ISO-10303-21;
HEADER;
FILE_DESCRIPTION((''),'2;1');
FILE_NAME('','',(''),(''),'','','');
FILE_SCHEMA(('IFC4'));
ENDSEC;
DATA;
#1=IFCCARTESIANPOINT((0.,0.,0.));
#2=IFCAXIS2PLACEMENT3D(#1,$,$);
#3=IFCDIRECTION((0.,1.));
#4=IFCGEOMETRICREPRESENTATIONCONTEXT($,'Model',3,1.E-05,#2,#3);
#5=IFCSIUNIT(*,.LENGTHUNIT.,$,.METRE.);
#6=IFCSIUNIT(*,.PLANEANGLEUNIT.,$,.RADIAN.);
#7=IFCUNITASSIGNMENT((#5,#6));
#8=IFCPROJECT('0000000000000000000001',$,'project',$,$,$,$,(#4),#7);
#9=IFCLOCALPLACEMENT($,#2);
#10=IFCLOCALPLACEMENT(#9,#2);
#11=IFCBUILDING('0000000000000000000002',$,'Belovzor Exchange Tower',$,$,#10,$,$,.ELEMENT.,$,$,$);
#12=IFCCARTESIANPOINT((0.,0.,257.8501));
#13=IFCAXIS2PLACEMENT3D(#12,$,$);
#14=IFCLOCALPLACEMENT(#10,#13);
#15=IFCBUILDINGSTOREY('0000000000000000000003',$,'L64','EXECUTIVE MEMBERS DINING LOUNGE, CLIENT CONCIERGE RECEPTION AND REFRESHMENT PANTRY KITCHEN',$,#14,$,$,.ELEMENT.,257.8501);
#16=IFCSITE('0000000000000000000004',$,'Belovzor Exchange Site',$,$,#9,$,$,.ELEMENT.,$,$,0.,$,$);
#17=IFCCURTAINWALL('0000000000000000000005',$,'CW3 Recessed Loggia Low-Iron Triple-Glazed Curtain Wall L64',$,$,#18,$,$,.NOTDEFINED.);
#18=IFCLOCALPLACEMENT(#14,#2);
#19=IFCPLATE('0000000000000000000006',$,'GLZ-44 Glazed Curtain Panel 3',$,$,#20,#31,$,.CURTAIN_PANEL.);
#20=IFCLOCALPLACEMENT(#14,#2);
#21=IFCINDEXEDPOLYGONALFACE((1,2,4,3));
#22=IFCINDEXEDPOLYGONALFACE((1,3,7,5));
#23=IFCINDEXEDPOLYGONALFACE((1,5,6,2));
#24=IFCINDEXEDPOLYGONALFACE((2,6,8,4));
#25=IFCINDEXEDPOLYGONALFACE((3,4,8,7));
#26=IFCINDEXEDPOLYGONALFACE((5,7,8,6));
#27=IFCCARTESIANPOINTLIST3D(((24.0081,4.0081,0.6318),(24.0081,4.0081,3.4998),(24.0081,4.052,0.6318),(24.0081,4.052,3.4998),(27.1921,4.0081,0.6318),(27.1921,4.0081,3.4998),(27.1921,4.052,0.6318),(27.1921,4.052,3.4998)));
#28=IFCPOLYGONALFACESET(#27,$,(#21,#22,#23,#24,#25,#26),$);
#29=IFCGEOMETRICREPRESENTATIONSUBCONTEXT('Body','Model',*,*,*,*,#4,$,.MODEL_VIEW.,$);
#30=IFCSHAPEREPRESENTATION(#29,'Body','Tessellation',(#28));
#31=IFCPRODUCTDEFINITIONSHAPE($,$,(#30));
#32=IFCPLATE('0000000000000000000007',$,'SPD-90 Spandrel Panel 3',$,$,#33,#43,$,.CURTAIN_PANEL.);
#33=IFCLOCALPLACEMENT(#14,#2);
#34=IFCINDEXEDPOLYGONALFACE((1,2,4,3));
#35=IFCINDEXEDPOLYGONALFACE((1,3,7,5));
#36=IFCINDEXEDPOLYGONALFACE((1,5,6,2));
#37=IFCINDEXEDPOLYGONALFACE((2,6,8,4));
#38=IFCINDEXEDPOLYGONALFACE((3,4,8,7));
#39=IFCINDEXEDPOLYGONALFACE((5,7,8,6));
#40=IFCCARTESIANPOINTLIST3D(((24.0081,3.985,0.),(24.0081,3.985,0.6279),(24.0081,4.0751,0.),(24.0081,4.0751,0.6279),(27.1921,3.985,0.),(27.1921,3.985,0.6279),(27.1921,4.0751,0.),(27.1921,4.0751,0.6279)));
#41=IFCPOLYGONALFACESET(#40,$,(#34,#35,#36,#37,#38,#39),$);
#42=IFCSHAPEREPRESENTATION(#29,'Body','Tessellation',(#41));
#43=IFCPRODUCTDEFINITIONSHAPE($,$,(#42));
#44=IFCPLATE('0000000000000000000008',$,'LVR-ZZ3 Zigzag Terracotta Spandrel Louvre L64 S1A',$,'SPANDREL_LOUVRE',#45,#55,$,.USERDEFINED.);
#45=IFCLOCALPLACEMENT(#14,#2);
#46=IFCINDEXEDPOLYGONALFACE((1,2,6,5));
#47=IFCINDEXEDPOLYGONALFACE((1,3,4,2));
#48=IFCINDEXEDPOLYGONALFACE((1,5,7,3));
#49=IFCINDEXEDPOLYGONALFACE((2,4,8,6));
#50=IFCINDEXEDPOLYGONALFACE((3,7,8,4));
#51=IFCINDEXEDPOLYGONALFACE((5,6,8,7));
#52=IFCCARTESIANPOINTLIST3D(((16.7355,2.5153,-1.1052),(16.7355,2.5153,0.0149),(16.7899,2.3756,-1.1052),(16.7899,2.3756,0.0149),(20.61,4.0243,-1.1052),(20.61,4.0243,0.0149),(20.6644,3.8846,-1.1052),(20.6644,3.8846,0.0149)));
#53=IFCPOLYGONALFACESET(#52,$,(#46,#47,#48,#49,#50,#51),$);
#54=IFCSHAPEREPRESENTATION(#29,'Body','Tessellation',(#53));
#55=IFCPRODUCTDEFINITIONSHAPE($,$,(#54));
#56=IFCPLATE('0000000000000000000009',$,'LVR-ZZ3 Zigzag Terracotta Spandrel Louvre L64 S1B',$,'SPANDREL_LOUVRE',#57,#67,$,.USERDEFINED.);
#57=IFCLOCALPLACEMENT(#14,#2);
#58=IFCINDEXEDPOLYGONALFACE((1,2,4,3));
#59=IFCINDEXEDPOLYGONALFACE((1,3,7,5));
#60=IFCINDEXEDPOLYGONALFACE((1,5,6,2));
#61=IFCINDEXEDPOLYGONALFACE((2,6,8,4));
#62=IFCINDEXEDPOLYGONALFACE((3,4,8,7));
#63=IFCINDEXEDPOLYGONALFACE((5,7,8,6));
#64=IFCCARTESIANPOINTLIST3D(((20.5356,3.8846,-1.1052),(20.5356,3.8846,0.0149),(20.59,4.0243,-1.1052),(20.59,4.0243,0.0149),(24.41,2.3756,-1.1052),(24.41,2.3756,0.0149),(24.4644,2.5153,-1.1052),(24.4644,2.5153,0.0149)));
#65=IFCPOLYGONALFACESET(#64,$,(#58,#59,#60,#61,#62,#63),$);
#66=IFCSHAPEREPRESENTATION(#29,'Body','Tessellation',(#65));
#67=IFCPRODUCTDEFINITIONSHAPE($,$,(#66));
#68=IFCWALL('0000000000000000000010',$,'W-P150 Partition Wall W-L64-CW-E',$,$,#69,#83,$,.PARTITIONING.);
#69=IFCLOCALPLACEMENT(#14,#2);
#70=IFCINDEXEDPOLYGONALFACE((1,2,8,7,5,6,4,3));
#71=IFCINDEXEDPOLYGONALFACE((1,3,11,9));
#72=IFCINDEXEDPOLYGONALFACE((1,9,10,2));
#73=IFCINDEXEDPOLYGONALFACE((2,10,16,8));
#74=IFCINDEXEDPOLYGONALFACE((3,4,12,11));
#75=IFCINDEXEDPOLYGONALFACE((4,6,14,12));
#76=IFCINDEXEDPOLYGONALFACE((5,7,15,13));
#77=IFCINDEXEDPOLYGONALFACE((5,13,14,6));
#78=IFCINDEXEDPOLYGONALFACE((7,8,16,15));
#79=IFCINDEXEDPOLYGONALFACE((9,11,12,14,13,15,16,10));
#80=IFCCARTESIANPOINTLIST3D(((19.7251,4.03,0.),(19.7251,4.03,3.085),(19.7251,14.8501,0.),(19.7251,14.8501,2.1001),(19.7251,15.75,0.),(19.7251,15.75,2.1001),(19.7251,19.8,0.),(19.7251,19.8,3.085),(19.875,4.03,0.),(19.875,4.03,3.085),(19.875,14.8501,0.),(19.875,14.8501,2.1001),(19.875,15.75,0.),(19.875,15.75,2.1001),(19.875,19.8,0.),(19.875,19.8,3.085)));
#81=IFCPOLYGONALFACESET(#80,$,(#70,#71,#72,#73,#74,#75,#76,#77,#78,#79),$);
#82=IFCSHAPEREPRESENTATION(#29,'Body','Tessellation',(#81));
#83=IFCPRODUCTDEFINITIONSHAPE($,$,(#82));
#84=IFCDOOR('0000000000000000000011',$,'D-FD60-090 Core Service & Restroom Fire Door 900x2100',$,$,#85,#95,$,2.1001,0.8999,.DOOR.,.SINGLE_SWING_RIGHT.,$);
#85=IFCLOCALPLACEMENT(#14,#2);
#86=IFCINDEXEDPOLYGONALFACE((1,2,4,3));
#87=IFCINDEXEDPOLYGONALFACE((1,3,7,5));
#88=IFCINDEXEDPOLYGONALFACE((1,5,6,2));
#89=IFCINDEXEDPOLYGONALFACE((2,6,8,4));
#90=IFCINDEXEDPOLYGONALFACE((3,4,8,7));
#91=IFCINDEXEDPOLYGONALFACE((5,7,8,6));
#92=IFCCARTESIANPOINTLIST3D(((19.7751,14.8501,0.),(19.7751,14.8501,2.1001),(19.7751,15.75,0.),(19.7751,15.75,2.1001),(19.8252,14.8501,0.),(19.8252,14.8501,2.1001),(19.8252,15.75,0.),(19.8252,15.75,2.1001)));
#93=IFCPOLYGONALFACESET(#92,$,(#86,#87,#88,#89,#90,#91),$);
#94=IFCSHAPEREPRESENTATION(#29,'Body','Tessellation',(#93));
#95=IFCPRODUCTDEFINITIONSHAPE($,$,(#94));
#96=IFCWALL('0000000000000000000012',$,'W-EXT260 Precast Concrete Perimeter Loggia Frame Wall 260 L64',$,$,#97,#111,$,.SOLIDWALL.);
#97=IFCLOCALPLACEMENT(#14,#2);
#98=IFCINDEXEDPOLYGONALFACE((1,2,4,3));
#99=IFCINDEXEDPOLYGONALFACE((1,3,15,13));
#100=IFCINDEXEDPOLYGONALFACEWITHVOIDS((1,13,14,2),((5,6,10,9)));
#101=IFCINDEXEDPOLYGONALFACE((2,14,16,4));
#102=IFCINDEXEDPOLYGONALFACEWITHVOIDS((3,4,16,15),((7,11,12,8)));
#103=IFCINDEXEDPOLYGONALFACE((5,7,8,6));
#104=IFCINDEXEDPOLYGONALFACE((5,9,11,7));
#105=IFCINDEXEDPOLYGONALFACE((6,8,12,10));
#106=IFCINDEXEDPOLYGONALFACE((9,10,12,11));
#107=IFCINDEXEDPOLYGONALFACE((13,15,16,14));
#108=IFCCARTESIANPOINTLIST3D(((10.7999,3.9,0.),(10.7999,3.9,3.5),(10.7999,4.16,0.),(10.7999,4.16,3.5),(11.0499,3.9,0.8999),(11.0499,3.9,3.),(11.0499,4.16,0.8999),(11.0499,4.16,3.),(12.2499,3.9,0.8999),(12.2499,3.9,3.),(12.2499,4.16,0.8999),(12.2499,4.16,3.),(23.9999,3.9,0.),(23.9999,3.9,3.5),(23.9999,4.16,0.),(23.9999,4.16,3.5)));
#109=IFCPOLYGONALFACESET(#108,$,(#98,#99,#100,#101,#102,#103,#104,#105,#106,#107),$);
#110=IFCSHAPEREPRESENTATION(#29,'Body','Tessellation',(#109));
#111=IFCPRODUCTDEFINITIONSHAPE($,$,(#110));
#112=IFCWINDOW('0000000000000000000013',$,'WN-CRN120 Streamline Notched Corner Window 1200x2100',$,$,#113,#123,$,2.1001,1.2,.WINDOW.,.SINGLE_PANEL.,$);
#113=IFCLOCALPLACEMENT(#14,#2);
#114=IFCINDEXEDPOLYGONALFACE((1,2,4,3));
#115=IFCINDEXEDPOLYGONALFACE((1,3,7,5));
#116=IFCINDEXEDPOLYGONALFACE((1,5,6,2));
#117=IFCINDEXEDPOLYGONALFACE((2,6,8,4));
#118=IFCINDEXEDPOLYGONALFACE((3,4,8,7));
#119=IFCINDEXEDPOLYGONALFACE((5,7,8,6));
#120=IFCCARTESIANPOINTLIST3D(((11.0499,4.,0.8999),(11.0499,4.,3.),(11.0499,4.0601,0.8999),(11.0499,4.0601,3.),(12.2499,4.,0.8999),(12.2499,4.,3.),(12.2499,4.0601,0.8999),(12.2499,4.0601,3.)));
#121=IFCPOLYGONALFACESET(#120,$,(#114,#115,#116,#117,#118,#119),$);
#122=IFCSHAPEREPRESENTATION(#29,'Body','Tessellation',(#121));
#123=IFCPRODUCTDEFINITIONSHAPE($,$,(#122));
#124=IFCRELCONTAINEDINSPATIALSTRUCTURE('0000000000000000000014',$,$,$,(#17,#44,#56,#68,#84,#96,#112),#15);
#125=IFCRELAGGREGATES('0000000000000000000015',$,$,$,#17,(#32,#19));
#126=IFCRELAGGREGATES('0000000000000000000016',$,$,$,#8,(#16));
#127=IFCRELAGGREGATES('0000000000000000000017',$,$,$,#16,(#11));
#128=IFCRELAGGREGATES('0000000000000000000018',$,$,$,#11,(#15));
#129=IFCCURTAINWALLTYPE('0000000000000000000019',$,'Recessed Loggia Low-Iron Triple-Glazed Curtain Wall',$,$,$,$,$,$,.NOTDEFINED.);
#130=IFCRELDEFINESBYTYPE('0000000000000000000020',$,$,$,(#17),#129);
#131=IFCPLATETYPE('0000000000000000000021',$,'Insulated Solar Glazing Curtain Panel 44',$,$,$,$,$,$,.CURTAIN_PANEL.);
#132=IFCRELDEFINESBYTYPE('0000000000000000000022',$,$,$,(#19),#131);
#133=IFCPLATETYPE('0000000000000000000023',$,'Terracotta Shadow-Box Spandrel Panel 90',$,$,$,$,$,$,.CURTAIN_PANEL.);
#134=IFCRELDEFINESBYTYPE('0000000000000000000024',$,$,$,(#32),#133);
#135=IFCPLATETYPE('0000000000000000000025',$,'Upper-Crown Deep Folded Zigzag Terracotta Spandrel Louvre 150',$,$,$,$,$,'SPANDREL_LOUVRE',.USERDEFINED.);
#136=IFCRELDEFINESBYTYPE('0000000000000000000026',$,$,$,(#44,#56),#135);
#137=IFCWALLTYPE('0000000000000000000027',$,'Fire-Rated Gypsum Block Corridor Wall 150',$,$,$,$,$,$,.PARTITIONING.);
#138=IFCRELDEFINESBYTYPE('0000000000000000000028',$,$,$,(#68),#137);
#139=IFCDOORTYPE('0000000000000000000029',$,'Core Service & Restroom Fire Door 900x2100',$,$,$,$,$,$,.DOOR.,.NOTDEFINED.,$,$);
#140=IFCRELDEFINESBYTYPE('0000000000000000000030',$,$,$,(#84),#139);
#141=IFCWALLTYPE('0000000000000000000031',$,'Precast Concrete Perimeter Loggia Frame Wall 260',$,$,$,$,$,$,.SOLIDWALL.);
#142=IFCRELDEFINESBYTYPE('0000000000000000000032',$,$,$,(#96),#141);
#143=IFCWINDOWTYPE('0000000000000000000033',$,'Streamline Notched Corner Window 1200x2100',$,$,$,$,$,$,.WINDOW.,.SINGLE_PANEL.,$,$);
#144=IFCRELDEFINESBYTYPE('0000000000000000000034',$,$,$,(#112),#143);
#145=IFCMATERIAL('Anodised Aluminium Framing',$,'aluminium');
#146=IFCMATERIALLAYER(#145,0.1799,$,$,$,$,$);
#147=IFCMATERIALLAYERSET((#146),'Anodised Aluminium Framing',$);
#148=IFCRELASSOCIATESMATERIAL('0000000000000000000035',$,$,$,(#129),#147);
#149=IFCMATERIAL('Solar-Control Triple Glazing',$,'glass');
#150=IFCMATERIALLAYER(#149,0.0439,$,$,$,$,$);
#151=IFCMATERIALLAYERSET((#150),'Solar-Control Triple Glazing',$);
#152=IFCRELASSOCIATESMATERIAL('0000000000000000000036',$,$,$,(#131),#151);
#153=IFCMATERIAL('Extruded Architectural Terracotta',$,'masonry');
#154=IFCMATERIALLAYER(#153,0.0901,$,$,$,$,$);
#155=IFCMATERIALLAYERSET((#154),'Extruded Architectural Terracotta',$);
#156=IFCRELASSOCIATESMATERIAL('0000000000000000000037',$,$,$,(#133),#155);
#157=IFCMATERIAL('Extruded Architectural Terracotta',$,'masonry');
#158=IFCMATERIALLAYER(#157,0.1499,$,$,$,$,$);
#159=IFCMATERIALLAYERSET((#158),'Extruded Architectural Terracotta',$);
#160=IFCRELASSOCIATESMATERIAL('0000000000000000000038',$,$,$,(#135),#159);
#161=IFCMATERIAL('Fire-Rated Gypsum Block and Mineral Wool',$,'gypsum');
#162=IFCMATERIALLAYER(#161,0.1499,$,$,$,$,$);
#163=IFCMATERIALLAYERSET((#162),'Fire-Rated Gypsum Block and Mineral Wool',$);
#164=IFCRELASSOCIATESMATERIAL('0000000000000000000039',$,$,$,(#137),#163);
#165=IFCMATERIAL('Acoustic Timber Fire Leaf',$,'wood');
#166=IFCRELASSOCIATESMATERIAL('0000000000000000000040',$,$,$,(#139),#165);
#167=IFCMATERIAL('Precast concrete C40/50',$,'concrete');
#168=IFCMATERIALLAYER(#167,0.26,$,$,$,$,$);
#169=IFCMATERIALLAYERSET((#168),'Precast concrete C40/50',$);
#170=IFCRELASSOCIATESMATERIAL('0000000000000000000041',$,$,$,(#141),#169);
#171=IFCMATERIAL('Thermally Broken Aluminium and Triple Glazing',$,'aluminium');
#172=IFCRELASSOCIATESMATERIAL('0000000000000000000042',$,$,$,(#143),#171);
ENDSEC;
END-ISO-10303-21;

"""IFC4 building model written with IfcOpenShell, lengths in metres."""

from ifc_helpers import new_model, si_unit, direction, frame, frame_2d, origin, origin_2d, place, context, subcontext, project, spatial, rectangle, extrude, material, layer, layer_set, type_object, element, fill, aggregate, save


model = new_model("IFC4")

# Units and contexts
model_context = context("Model", 3, precision=1e-05, world=origin(), true_north=direction((0.0, 1.0)))
body_context = subcontext(model_context, "Body", "Model", "MODEL_VIEW")
ifc_project = project(units=[si_unit("LENGTHUNIT", "METRE"), si_unit("PLANEANGLEUNIT", "RADIAN")], contexts=[model_context])

# Site, building, storey
site_placement = place(None, origin())
site = spatial("IfcSite", under=ifc_project, at=site_placement, Name="Belovzor Exchange Site", CompositionType="ELEMENT", RefElevation=0.0)
building_placement = place(site_placement, origin())
building = spatial("IfcBuilding", under=site, at=building_placement, Name="Belovzor Exchange Tower", CompositionType="ELEMENT")
storey_placement = place(building_placement, frame((0.0, 0.0, 257.8501)))
storey = spatial("IfcBuildingStorey", under=building, at=storey_placement, Name="L64", Description="EXECUTIVE MEMBERS DINING LOUNGE, CLIENT CONCIERGE RECEPTION AND REFRESHMENT PANTRY KITCHEN", CompositionType="ELEMENT", Elevation=257.8501)

# Curtain wall
ifc_material_1 = material(Name="Anodised Aluminium Framing", Category="aluminium")
ifc_layer_1 = layer(ifc_material_1, 0.1799)
ifc_layer_set_1 = layer_set([ifc_layer_1], Name="Anodised Aluminium Framing")
curtain_wall_type = type_object("IfcCurtainWallType", Name="Recessed Loggia Low-Iron Triple-Glazed Curtain Wall", PredefinedType="NOTDEFINED", material=ifc_layer_set_1)
curtain_wall_placement = place(storey_placement, origin())
curtain_wall = element("IfcCurtainWall", 1, at=curtain_wall_placement, inside=storey, type_object=curtain_wall_type, Name="CW3 Recessed Loggia Low-Iron Triple-Glazed Curtain Wall L64", PredefinedType="NOTDEFINED")

# Plates
ifc_material_2 = material(Name="Solar-Control Triple Glazing", Category="glass")
ifc_layer_2 = layer(ifc_material_2, 0.0439)
ifc_layer_set_2 = layer_set([ifc_layer_2], Name="Solar-Control Triple Glazing")
plate_type_1 = type_object("IfcPlateType", Name="Insulated Solar Glazing Curtain Panel 44", PredefinedType="CURTAIN_PANEL", material=ifc_layer_set_2)
plate_1_placement = place(storey_placement, frame((25.6001, 4.03, 0.6318), z_axis=(0.0, 0.0, 1.0), x_axis=(-1.0, 0.0, 0.0)))
plate_1 = element("IfcPlate", 2, at=plate_1_placement, type_object=plate_type_1, Name="GLZ-44 Glazed Curtain Panel 3", PredefinedType="CURTAIN_PANEL", context=body_context, shape_type="SweptSolid", body=[
    extrude(rectangle(XDim=3.1841, YDim=0.0439, at=origin_2d()), origin(), (0.0, 0.0, 1.0), 2.8679),
])
ifc_material_3 = material(Name="Extruded Architectural Terracotta", Category="masonry")
ifc_layer_3 = layer(ifc_material_3, 0.0901)
ifc_layer_set_3 = layer_set([ifc_layer_3], Name="Extruded Architectural Terracotta")
plate_type_2 = type_object("IfcPlateType", Name="Terracotta Shadow-Box Spandrel Panel 90", PredefinedType="CURTAIN_PANEL", material=ifc_layer_set_3)
plate_2_placement = place(storey_placement, frame((25.6001, 4.03, 0.0), z_axis=(0.0, 0.0, 1.0), x_axis=(-1.0, 0.0, 0.0)))
plate_2 = element("IfcPlate", 3, at=plate_2_placement, type_object=plate_type_2, Name="SPD-90 Spandrel Panel 3", PredefinedType="CURTAIN_PANEL", context=body_context, shape_type="SweptSolid", body=[
    extrude(rectangle(XDim=3.1841, YDim=0.0901, at=origin_2d()), origin(), (0.0, 0.0, 1.0), 0.6279),
])
aggregate(curtain_wall, [plate_2, plate_1])

# Plates
ifc_material_4 = material(Name="Extruded Architectural Terracotta", Category="masonry")
ifc_layer_4 = layer(ifc_material_4, 0.1499)
ifc_layer_set_4 = layer_set([ifc_layer_4], Name="Extruded Architectural Terracotta")
plate_type_3 = type_object("IfcPlateType", Name="Upper-Crown Deep Folded Zigzag Terracotta Spandrel Louvre 150", ElementType="SPANDREL_LOUVRE", PredefinedType="USERDEFINED", material=ifc_layer_set_4)
for number, where, z_axis, x_axis, name in (
    (4, (18.7, 3.2, -1.1052), (0.0, 0.0, 1.0), (0.931818, 0.362926, 0.0), "LVR-ZZ3 Zigzag Terracotta Spandrel Louvre L64 S1A"),
    (5, (22.5, 3.2, -1.1052), (0.0, 0.0, 1.0), (0.931818, -0.362926, 0.0), "LVR-ZZ3 Zigzag Terracotta Spandrel Louvre L64 S1B"),
):
    element("IfcPlate", number, at=place(storey_placement, frame(where, z_axis=z_axis, x_axis=x_axis)), inside=storey, type_object=plate_type_3, Name=name, ObjectType="SPANDREL_LOUVRE", PredefinedType="USERDEFINED", context=body_context, shape_type="SweptSolid", body=[
        extrude(rectangle(XDim=4.158, YDim=0.1499, at=origin_2d()), origin(), (0.0, 0.0, 1.0), 1.1201),
    ])

# Wall, opening, door
ifc_material_5 = material(Name="Fire-Rated Gypsum Block and Mineral Wool", Category="gypsum")
ifc_layer_5 = layer(ifc_material_5, 0.1499)
ifc_layer_set_5 = layer_set([ifc_layer_5], Name="Fire-Rated Gypsum Block and Mineral Wool")
wall_type_1 = type_object("IfcWallType", Name="Fire-Rated Gypsum Block Corridor Wall 150", PredefinedType="PARTITIONING", material=ifc_layer_set_5)
wall_1_placement = place(storey_placement, frame((19.8, 4.03, 0.0), z_axis=(0.0, 0.0, 1.0), x_axis=(0.0, 1.0, 0.0)))
wall_1 = element("IfcWall", 6, at=wall_1_placement, inside=storey, type_object=wall_type_1, Name="W-P150 Partition Wall W-L64-CW-E", PredefinedType="PARTITIONING", context=body_context, shape_type="SweptSolid", body=[
    extrude(rectangle(XDim=15.77, YDim=0.1499, at=frame_2d((7.885, 0.0))), origin(), (0.0, 0.0, 1.0), 3.085),
])
opening_1_placement = place(wall_1_placement, frame((10.8201, 0.0, 0.0)))
opening_1 = element("IfcOpeningElement", 7, at=opening_1_placement, cuts=wall_1, PredefinedType="OPENING", context=body_context, shape_type="SweptSolid", body=[
    extrude(rectangle(XDim=0.8999, YDim=2.1001, at=frame_2d((0.45, 1.05))), frame((0.0, 0.085, 0.0), z_axis=(0.0, -1.0, 0.0), x_axis=(1.0, 0.0, 0.0)), (0.0, 0.0, 1.0), 0.1699),
])
ifc_material_6 = material(Name="Acoustic Timber Fire Leaf", Category="wood")
door_type = type_object("IfcDoorType", Name="Core Service & Restroom Fire Door 900x2100", OperationType="NOTDEFINED", PredefinedType="DOOR", material=ifc_material_6)
door_placement = place(opening_1_placement, origin())
door = element("IfcDoor", 8, at=door_placement, inside=storey, type_object=door_type, Name="D-FD60-090 Core Service & Restroom Fire Door 900x2100", OperationType="SINGLE_SWING_RIGHT", OverallHeight=2.1001, OverallWidth=0.8999, PredefinedType="DOOR", context=body_context, shape_type="SweptSolid", body=[
    extrude(rectangle(XDim=0.8999, YDim=2.1001, at=frame_2d((0.45, 1.05))), frame((0.0, 0.0249, 0.0), z_axis=(0.0, -1.0, 0.0), x_axis=(1.0, 0.0, 0.0)), (0.0, 0.0, 1.0), 0.05),
])
fill(opening_1, door)

# Wall, opening, window
ifc_material_7 = material(Name="Precast concrete C40/50", Category="concrete")
ifc_layer_6 = layer(ifc_material_7, 0.26)
ifc_layer_set_6 = layer_set([ifc_layer_6], Name="Precast concrete C40/50")
wall_type_2 = type_object("IfcWallType", Name="Precast Concrete Perimeter Loggia Frame Wall 260", PredefinedType="SOLIDWALL", material=ifc_layer_set_6)
wall_2_placement = place(storey_placement, frame((24.0, 4.03, 0.0), z_axis=(0.0, 0.0, 1.0), x_axis=(-1.0, 0.0, 0.0)))
wall_2 = element("IfcWall", 9, at=wall_2_placement, inside=storey, type_object=wall_type_2, Name="W-EXT260 Precast Concrete Perimeter Loggia Frame Wall 260 L64", PredefinedType="SOLIDWALL", context=body_context, shape_type="SweptSolid", body=[
    extrude(rectangle(XDim=13.2, YDim=0.26, at=frame_2d((6.6001, 0.0))), origin(), (0.0, 0.0, 1.0), 3.5),
])
opening_2_placement = place(wall_2_placement, frame((11.75, 0.0, 0.8999)))
opening_2 = element("IfcOpeningElement", 10, at=opening_2_placement, cuts=wall_2, PredefinedType="OPENING", context=body_context, shape_type="SweptSolid", body=[
    extrude(rectangle(XDim=1.2, YDim=2.1001, at=frame_2d((0.6001, 1.05))), frame((0.0, 0.1399, 0.0), z_axis=(0.0, -1.0, 0.0), x_axis=(1.0, 0.0, 0.0)), (0.0, 0.0, 1.0), 0.28),
])
ifc_material_8 = material(Name="Thermally Broken Aluminium and Triple Glazing", Category="aluminium")
window_type = type_object("IfcWindowType", Name="Streamline Notched Corner Window 1200x2100", PartitioningType="SINGLE_PANEL", PredefinedType="WINDOW", material=ifc_material_8)
window_placement = place(opening_2_placement, origin())
window = element("IfcWindow", 11, at=window_placement, inside=storey, type_object=window_type, Name="WN-CRN120 Streamline Notched Corner Window 1200x2100", OverallHeight=2.1001, OverallWidth=1.2, PartitioningType="SINGLE_PANEL", PredefinedType="WINDOW", context=body_context, shape_type="SweptSolid", body=[
    extrude(rectangle(XDim=1.2, YDim=2.1001, at=frame_2d((0.6001, 1.05))), frame((0.0, 0.03, 0.0), z_axis=(0.0, -1.0, 0.0), x_axis=(1.0, 0.0, 0.0)), (0.0, 0.0, 1.0), 0.0601),
])
fill(opening_2, window)

save(model, "model.ifc")
